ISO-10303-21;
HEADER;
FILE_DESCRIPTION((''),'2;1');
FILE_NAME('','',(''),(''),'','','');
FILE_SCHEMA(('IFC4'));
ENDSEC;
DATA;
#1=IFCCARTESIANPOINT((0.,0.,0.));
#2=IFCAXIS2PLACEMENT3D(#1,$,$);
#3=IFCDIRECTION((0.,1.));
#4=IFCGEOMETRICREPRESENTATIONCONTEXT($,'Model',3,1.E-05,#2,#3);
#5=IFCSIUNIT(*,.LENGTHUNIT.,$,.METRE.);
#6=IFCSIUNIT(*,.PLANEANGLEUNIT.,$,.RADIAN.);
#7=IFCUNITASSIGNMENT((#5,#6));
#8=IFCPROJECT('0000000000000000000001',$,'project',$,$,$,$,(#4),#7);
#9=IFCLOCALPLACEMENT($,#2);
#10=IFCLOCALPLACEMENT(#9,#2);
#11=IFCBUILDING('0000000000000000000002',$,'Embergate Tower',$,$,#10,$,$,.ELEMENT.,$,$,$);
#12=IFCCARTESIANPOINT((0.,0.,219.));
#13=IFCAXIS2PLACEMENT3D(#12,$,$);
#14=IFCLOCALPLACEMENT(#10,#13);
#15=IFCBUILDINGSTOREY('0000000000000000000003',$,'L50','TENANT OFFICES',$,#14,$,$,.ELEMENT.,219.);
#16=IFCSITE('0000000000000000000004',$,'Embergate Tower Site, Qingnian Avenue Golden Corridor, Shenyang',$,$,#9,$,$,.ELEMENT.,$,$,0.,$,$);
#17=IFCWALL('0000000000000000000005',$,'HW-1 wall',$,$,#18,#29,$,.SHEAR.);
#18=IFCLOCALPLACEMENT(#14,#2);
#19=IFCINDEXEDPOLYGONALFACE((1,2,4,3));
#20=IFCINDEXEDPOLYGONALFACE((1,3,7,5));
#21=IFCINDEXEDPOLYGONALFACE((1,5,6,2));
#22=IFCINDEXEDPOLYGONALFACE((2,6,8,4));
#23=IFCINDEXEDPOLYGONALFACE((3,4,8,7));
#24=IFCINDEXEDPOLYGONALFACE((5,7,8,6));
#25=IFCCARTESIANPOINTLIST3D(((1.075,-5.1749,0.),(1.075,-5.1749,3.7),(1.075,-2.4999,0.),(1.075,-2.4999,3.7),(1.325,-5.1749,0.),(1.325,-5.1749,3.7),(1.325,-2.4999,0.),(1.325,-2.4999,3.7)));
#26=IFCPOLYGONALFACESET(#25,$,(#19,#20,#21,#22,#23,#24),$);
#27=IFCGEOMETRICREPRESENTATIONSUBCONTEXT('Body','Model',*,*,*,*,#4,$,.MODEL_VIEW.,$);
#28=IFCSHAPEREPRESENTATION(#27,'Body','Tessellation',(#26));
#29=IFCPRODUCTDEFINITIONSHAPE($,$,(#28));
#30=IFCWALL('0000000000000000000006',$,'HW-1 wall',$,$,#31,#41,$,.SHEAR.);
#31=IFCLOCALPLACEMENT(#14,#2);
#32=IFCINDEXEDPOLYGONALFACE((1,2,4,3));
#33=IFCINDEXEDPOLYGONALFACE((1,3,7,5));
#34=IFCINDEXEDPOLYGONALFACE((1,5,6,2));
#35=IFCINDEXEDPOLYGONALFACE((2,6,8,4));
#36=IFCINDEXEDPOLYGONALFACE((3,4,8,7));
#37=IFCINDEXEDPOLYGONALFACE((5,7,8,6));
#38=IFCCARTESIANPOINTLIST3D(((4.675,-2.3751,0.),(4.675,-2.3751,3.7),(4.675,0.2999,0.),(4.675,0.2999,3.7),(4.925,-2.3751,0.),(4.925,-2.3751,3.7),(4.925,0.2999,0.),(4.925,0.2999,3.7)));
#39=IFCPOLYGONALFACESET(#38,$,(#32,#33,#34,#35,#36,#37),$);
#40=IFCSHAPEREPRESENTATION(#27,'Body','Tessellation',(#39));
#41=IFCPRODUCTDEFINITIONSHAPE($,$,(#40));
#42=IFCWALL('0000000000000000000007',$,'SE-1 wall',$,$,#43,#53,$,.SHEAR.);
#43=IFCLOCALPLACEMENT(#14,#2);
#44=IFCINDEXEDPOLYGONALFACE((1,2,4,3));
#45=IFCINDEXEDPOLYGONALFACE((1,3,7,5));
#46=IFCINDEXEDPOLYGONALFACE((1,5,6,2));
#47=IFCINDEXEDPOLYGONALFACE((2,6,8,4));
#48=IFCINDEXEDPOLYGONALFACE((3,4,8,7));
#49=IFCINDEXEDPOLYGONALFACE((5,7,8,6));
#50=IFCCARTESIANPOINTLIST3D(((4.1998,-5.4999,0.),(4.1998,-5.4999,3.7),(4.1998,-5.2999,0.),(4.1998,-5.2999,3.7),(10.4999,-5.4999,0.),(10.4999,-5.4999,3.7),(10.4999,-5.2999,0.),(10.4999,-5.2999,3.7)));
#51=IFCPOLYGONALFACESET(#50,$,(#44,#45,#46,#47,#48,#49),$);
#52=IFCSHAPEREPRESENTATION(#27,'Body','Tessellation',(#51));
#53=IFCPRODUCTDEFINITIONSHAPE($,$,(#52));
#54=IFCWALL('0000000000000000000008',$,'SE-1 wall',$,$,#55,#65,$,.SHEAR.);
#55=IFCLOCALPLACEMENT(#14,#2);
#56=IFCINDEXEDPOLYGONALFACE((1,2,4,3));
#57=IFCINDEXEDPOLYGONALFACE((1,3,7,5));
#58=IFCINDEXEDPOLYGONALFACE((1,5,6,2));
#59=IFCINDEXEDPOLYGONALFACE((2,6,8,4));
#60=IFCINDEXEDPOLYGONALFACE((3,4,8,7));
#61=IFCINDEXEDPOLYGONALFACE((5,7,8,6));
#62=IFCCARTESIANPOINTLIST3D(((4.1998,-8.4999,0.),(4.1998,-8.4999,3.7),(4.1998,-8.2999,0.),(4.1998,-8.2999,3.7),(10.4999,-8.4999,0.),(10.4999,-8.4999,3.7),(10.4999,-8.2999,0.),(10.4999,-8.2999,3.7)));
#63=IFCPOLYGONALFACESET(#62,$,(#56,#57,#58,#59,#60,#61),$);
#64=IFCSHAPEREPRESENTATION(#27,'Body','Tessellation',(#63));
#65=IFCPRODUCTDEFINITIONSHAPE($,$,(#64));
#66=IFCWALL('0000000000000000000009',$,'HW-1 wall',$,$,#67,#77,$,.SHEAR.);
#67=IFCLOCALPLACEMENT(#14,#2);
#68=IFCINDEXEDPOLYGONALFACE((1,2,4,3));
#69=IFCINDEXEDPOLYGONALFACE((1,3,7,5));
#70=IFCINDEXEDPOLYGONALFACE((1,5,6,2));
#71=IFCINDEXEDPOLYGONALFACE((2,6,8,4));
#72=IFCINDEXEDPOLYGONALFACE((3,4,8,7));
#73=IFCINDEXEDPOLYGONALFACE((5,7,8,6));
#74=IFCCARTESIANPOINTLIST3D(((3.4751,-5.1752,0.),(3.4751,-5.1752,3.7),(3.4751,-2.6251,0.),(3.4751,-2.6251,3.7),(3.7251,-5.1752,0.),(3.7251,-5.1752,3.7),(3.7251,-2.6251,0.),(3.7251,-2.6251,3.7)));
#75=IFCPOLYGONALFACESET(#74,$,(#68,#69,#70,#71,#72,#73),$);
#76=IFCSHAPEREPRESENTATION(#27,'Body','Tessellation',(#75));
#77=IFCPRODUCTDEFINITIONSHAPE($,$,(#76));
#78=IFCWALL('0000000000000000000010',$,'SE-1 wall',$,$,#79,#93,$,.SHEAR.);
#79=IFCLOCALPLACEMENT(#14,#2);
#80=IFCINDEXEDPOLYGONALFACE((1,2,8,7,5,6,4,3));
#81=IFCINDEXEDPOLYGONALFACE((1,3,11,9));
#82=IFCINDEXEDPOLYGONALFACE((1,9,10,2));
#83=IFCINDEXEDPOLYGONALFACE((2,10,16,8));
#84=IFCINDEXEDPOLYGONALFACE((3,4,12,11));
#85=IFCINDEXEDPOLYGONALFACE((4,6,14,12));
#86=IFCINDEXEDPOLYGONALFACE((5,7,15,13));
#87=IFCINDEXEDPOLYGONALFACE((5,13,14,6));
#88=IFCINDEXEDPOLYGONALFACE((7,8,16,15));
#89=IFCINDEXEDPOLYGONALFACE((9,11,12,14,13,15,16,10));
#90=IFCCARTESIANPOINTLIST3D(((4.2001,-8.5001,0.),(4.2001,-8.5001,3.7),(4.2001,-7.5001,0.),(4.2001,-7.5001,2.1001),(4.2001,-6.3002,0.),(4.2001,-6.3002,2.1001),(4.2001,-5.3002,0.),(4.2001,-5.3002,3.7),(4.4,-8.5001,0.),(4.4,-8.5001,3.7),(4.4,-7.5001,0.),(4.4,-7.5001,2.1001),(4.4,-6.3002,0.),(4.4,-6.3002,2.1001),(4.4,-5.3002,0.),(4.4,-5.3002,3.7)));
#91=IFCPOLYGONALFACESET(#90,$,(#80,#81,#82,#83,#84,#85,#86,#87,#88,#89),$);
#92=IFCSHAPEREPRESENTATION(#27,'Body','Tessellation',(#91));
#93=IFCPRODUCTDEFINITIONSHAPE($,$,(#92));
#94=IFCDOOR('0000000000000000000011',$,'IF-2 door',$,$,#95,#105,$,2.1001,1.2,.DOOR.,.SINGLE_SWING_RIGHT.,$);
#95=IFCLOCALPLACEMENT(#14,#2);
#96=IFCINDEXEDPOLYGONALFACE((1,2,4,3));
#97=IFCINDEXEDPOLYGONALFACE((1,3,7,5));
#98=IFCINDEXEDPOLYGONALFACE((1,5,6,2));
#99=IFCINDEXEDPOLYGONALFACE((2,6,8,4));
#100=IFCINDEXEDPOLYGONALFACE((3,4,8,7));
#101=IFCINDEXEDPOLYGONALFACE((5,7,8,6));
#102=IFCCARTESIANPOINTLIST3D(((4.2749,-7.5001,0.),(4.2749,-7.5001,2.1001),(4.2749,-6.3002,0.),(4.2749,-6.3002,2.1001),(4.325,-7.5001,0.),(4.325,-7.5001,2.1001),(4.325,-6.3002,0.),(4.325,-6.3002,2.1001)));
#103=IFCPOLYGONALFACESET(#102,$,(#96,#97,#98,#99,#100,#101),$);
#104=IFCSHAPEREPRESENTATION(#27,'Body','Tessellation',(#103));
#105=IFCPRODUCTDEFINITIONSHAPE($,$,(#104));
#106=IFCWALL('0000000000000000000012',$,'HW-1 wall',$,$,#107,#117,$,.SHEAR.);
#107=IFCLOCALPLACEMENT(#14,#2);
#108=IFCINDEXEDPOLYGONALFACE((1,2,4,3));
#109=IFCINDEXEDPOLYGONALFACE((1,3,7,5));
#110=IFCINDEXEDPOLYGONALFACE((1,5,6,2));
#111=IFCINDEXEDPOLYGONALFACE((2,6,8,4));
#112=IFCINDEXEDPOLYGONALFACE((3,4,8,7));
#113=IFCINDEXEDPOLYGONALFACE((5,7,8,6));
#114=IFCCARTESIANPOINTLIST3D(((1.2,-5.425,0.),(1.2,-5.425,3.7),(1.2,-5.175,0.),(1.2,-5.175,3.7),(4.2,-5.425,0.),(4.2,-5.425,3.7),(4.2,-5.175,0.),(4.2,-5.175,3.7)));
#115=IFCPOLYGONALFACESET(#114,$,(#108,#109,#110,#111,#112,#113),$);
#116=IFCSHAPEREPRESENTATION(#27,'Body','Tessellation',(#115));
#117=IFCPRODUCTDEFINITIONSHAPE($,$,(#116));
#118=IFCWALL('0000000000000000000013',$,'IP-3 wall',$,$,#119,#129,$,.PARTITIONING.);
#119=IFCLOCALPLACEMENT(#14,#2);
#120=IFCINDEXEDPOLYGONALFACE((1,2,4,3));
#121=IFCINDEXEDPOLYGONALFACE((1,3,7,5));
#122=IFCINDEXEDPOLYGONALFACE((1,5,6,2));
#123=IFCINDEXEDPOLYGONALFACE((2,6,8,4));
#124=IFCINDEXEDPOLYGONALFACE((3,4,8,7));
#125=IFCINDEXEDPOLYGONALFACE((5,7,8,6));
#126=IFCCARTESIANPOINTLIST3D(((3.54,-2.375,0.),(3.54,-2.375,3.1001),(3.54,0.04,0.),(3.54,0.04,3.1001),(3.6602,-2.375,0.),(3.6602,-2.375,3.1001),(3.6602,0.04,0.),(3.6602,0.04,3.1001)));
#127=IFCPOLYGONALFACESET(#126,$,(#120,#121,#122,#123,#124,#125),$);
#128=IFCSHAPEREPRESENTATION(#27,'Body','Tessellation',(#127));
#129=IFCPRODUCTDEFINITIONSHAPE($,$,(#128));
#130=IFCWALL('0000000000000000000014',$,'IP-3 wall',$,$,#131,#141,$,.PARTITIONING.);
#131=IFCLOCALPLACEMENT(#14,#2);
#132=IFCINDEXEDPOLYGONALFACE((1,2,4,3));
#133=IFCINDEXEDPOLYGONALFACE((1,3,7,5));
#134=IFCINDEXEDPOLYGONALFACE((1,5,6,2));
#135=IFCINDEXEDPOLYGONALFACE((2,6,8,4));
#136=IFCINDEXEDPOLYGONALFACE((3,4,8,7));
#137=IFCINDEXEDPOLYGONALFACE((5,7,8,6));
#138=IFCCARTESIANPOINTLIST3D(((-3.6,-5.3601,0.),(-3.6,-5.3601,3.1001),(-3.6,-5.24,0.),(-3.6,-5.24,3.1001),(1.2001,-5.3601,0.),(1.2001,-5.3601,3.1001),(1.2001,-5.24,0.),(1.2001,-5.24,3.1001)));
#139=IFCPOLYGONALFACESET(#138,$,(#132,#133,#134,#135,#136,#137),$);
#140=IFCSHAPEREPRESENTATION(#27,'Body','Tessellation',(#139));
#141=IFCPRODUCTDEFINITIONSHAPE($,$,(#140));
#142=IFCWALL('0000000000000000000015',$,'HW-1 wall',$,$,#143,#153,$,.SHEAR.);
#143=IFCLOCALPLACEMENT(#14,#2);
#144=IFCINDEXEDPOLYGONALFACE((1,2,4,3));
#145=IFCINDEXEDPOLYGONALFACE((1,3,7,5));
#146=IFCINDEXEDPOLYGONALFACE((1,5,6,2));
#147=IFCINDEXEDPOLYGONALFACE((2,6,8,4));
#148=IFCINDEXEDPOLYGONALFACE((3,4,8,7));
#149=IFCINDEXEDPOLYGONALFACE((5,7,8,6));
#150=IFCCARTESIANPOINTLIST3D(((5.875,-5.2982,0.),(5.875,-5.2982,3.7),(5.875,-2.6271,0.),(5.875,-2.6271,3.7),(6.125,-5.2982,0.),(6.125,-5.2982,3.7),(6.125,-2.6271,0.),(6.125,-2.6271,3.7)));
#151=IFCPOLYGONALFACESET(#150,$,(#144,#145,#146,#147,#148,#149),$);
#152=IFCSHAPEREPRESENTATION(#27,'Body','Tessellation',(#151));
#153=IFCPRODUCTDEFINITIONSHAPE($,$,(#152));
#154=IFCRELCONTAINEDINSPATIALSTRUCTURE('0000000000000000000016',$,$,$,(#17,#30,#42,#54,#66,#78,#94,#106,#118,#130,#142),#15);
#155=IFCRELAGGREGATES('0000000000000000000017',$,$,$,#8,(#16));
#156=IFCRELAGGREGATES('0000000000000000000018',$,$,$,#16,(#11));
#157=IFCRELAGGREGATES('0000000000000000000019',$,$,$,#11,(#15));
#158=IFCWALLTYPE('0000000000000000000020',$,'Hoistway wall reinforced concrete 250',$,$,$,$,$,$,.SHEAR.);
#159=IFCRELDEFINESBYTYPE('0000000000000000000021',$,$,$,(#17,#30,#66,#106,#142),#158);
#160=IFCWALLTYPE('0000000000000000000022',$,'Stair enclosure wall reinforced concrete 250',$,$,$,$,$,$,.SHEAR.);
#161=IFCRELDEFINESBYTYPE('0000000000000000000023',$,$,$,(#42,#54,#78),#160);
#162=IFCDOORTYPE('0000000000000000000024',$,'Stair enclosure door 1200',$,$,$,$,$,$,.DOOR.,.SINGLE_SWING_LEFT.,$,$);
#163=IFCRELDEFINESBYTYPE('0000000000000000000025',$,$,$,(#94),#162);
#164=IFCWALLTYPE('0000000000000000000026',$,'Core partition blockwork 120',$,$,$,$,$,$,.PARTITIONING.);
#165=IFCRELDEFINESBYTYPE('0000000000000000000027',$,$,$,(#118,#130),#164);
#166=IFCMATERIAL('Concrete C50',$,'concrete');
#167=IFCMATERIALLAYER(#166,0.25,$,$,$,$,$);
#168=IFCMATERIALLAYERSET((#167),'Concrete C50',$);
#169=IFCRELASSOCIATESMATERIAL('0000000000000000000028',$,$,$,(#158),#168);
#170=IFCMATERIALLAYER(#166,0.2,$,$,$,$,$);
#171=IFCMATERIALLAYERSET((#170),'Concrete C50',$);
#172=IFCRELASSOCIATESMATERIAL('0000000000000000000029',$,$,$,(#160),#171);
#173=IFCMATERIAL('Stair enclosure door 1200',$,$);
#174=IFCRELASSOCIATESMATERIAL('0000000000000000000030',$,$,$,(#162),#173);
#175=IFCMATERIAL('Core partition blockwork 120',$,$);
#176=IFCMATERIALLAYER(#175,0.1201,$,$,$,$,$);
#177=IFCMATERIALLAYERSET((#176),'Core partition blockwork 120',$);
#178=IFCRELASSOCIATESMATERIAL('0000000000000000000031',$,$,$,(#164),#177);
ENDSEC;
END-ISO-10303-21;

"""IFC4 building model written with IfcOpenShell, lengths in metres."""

from ifc_helpers import new_model, si_unit, direction, frame, frame_2d, origin, place, context, subcontext, project, spatial, rectangle, extrude, source, transform, mapped, material, layer, layer_set, type_object, element, fill, save


model = new_model("IFC4")

# Units and contexts
model_context = context("Model", 3, precision=1e-05, world=origin(), true_north=direction((0.0, 1.0)))
body_context = subcontext(model_context, "Body", "Model", "MODEL_VIEW")
ifc_project = project(units=[si_unit("LENGTHUNIT", "METRE"), si_unit("PLANEANGLEUNIT", "RADIAN")], contexts=[model_context])

# Site, building, storey
site_placement = place(None, origin())
site = spatial("IfcSite", under=ifc_project, at=site_placement, Name="Embergate Tower Site, Qingnian Avenue Golden Corridor, Shenyang", CompositionType="ELEMENT", RefElevation=0.0)
building_placement = place(site_placement, origin())
building = spatial("IfcBuilding", under=site, at=building_placement, Name="Embergate Tower", CompositionType="ELEMENT")
storey_placement = place(building_placement, frame((0.0, 0.0, 219.0)))
storey = spatial("IfcBuildingStorey", under=building, at=storey_placement, Name="L50", Description="TENANT OFFICES", CompositionType="ELEMENT", Elevation=219.0)

# Walls
ifc_material_1 = material(Name="Concrete C50", Category="concrete")
ifc_layer_1 = layer(ifc_material_1, 0.25)
ifc_layer_set_1 = layer_set([ifc_layer_1], Name="Concrete C50")
wall_type_1 = type_object("IfcWallType", Name="Hoistway wall reinforced concrete 250", PredefinedType="SHEAR", material=ifc_layer_set_1)
shared_shape_1 = source(origin(), body_context, "Body", "SweptSolid", [
    extrude(rectangle(XDim=2.675, YDim=0.25, at=frame_2d((1.3374, 0.0))), origin(), (0.0, 0.0, 1.0), 3.7),
])
for number, where, z_axis, x_axis, name in (
    (1, (1.2, -2.5, 0.0), (0.0, 0.0, 1.0), (0.0, -1.0, 0.0), "HW-1 wall"),
    (2, (4.8, -2.375, 0.0), (0.0, 0.0, 1.0), (0.0, 1.0, 0.0), "HW-1 wall"),
):
    element("IfcWall", number, at=place(storey_placement, frame(where, z_axis=z_axis, x_axis=x_axis)), inside=storey, type_object=wall_type_1, Name=name, PredefinedType="SHEAR", context=body_context, shape_type="MappedRepresentation", body=[
        mapped(shared_shape_1, transform((0.0, 0.0, 0.0))),
    ])
ifc_layer_2 = layer(ifc_material_1, 0.2)
ifc_layer_set_2 = layer_set([ifc_layer_2], Name="Concrete C50")
wall_type_2 = type_object("IfcWallType", Name="Stair enclosure wall reinforced concrete 250", PredefinedType="SHEAR", material=ifc_layer_set_2)
shared_shape_2 = source(origin(), body_context, "Body", "SweptSolid", [
    extrude(rectangle(XDim=6.3, YDim=0.2, at=frame_2d((3.1499, 0.0))), origin(), (0.0, 0.0, 1.0), 3.7),
])
for number, where, z_axis, x_axis, name in (
    (3, (4.2, -5.3999, 0.0), (0.0, 0.0, 1.0), (1.0, 0.0, 0.0), "SE-1 wall"),
    (4, (4.2, -8.3999, 0.0), (0.0, 0.0, 1.0), (1.0, 0.0, 0.0), "SE-1 wall"),
):
    element("IfcWall", number, at=place(storey_placement, frame(where, z_axis=z_axis, x_axis=x_axis)), inside=storey, type_object=wall_type_2, Name=name, PredefinedType="SHEAR", context=body_context, shape_type="MappedRepresentation", body=[
        mapped(shared_shape_2, transform((0.0, 0.0, 0.0))),
    ])
shared_shape_3 = source(origin(), body_context, "Body", "SweptSolid", [
    extrude(rectangle(XDim=2.55, YDim=0.25, at=frame_2d((1.2749, 0.0))), origin(), (0.0, 0.0, 1.0), 3.7),
])
wall_1_placement = place(storey_placement, frame((3.6001, -5.175, 0.0), z_axis=(0.0, 0.0, 1.0), x_axis=(0.0, 1.0, 0.0)))
element("IfcWall", 5, at=wall_1_placement, inside=storey, type_object=wall_type_1, Name="HW-1 wall", PredefinedType="SHEAR", context=body_context, shape_type="MappedRepresentation", body=[
    mapped(shared_shape_3, transform((0.0, 0.0, 0.0))),
])

# Wall, opening, door
shared_shape_4 = source(origin(), body_context, "Body", "SweptSolid", [
    extrude(rectangle(XDim=3.2, YDim=0.2, at=frame_2d((1.6001, 0.0))), origin(), (0.0, 0.0, 1.0), 3.7),
])
wall_2_placement = place(storey_placement, frame((4.3, -5.3, 0.0), z_axis=(0.0, 0.0, 1.0), x_axis=(0.0, -1.0, 0.0)))
wall_2 = element("IfcWall", 6, at=wall_2_placement, inside=storey, type_object=wall_type_2, Name="SE-1 wall", PredefinedType="SHEAR", context=body_context, shape_type="MappedRepresentation", body=[
    mapped(shared_shape_4, transform((0.0, 0.0, 0.0))),
])
shared_shape_5 = source(origin(), body_context, "Body", "SweptSolid", [
    extrude(rectangle(XDim=1.2, YDim=2.1001, at=frame_2d((0.6001, 1.05))), frame((0.0, 0.1099, 0.0), z_axis=(0.0, -1.0, 0.0), x_axis=(1.0, 0.0, 0.0)), (0.0, 0.0, 1.0), 0.22),
])
opening_placement = place(wall_2_placement, frame((1.0, 0.0, 0.0)))
opening = element("IfcOpeningElement", 7, at=opening_placement, cuts=wall_2, PredefinedType="OPENING", context=body_context, shape_type="MappedRepresentation", body=[
    mapped(shared_shape_5, transform((0.0, 0.0, 0.0))),
])
ifc_material_2 = material(Name="Stair enclosure door 1200")
door_type = type_object("IfcDoorType", Name="Stair enclosure door 1200", OperationType="SINGLE_SWING_LEFT", PredefinedType="DOOR", material=ifc_material_2)
shared_shape_6 = source(origin(), body_context, "Body", "SweptSolid", [
    extrude(rectangle(XDim=1.2, YDim=2.1001, at=frame_2d((0.6001, 1.05))), frame((0.0, 0.0249, 0.0), z_axis=(0.0, -1.0, 0.0), x_axis=(1.0, 0.0, 0.0)), (0.0, 0.0, 1.0), 0.05),
])
door_placement = place(opening_placement, origin())
door = element("IfcDoor", 8, at=door_placement, inside=storey, type_object=door_type, Name="IF-2 door", OperationType="SINGLE_SWING_RIGHT", OverallHeight=2.1001, OverallWidth=1.2, PredefinedType="DOOR", context=body_context, shape_type="MappedRepresentation", body=[
    mapped(shared_shape_6, transform((0.0, 0.0, 0.0))),
])
fill(opening, door)

# Walls
shared_shape_7 = source(origin(), body_context, "Body", "SweptSolid", [
    extrude(rectangle(XDim=3.0, YDim=0.25, at=frame_2d((1.5, 0.0))), origin(), (0.0, 0.0, 1.0), 3.7),
])
wall_3_placement = place(storey_placement, frame((1.2, -5.3, 0.0), z_axis=(0.0, 0.0, 1.0), x_axis=(1.0, 0.0, 0.0)))
element("IfcWall", 9, at=wall_3_placement, inside=storey, type_object=wall_type_1, Name="HW-1 wall", PredefinedType="SHEAR", context=body_context, shape_type="MappedRepresentation", body=[
    mapped(shared_shape_7, transform((0.0, 0.0, 0.0))),
])
ifc_material_3 = material(Name="Core partition blockwork 120")
ifc_layer_3 = layer(ifc_material_3, 0.1201)
ifc_layer_set_3 = layer_set([ifc_layer_3], Name="Core partition blockwork 120")
wall_type_3 = type_object("IfcWallType", Name="Core partition blockwork 120", PredefinedType="PARTITIONING", material=ifc_layer_set_3)
shared_shape_8 = source(origin(), body_context, "Body", "SweptSolid", [
    extrude(rectangle(XDim=2.415, YDim=0.1201, at=frame_2d((1.2075, 0.0))), origin(), (0.0, 0.0, 1.0), 3.1001),
])
wall_4_placement = place(storey_placement, frame((3.6001, -2.375, 0.0), z_axis=(0.0, 0.0, 1.0), x_axis=(0.0, 1.0, 0.0)))
element("IfcWall", 10, at=wall_4_placement, inside=storey, type_object=wall_type_3, Name="IP-3 wall", PredefinedType="PARTITIONING", context=body_context, shape_type="MappedRepresentation", body=[
    mapped(shared_shape_8, transform((0.0, 0.0, 0.0))),
])
shared_shape_9 = source(origin(), body_context, "Body", "SweptSolid", [
    extrude(rectangle(XDim=4.8, YDim=0.1201, at=frame_2d((2.3999, 0.0))), origin(), (0.0, 0.0, 1.0), 3.1001),
])
wall_5_placement = place(storey_placement, frame((1.2, -5.3, 0.0), z_axis=(0.0, 0.0, 1.0), x_axis=(-1.0, 0.0, 0.0)))
element("IfcWall", 11, at=wall_5_placement, inside=storey, type_object=wall_type_3, Name="IP-3 wall", PredefinedType="PARTITIONING", context=body_context, shape_type="MappedRepresentation", body=[
    mapped(shared_shape_9, transform((0.0, 0.0, 0.0))),
])
shared_shape_10 = source(origin(), body_context, "Body", "SweptSolid", [
    extrude(rectangle(XDim=2.6711, YDim=0.25, at=frame_2d((1.3354, 0.0))), origin(), (0.0, 0.0, 1.0), 3.7),
])
wall_6_placement = place(storey_placement, frame((6.0, -5.2981, 0.0), z_axis=(0.0, 0.0, 1.0), x_axis=(0.0, 1.0, 0.0)))
element("IfcWall", 12, at=wall_6_placement, inside=storey, type_object=wall_type_1, Name="HW-1 wall", PredefinedType="SHEAR", context=body_context, shape_type="MappedRepresentation", body=[
    mapped(shared_shape_10, transform((0.0, 0.0, 0.0))),
])

save(model, "model.ifc")
